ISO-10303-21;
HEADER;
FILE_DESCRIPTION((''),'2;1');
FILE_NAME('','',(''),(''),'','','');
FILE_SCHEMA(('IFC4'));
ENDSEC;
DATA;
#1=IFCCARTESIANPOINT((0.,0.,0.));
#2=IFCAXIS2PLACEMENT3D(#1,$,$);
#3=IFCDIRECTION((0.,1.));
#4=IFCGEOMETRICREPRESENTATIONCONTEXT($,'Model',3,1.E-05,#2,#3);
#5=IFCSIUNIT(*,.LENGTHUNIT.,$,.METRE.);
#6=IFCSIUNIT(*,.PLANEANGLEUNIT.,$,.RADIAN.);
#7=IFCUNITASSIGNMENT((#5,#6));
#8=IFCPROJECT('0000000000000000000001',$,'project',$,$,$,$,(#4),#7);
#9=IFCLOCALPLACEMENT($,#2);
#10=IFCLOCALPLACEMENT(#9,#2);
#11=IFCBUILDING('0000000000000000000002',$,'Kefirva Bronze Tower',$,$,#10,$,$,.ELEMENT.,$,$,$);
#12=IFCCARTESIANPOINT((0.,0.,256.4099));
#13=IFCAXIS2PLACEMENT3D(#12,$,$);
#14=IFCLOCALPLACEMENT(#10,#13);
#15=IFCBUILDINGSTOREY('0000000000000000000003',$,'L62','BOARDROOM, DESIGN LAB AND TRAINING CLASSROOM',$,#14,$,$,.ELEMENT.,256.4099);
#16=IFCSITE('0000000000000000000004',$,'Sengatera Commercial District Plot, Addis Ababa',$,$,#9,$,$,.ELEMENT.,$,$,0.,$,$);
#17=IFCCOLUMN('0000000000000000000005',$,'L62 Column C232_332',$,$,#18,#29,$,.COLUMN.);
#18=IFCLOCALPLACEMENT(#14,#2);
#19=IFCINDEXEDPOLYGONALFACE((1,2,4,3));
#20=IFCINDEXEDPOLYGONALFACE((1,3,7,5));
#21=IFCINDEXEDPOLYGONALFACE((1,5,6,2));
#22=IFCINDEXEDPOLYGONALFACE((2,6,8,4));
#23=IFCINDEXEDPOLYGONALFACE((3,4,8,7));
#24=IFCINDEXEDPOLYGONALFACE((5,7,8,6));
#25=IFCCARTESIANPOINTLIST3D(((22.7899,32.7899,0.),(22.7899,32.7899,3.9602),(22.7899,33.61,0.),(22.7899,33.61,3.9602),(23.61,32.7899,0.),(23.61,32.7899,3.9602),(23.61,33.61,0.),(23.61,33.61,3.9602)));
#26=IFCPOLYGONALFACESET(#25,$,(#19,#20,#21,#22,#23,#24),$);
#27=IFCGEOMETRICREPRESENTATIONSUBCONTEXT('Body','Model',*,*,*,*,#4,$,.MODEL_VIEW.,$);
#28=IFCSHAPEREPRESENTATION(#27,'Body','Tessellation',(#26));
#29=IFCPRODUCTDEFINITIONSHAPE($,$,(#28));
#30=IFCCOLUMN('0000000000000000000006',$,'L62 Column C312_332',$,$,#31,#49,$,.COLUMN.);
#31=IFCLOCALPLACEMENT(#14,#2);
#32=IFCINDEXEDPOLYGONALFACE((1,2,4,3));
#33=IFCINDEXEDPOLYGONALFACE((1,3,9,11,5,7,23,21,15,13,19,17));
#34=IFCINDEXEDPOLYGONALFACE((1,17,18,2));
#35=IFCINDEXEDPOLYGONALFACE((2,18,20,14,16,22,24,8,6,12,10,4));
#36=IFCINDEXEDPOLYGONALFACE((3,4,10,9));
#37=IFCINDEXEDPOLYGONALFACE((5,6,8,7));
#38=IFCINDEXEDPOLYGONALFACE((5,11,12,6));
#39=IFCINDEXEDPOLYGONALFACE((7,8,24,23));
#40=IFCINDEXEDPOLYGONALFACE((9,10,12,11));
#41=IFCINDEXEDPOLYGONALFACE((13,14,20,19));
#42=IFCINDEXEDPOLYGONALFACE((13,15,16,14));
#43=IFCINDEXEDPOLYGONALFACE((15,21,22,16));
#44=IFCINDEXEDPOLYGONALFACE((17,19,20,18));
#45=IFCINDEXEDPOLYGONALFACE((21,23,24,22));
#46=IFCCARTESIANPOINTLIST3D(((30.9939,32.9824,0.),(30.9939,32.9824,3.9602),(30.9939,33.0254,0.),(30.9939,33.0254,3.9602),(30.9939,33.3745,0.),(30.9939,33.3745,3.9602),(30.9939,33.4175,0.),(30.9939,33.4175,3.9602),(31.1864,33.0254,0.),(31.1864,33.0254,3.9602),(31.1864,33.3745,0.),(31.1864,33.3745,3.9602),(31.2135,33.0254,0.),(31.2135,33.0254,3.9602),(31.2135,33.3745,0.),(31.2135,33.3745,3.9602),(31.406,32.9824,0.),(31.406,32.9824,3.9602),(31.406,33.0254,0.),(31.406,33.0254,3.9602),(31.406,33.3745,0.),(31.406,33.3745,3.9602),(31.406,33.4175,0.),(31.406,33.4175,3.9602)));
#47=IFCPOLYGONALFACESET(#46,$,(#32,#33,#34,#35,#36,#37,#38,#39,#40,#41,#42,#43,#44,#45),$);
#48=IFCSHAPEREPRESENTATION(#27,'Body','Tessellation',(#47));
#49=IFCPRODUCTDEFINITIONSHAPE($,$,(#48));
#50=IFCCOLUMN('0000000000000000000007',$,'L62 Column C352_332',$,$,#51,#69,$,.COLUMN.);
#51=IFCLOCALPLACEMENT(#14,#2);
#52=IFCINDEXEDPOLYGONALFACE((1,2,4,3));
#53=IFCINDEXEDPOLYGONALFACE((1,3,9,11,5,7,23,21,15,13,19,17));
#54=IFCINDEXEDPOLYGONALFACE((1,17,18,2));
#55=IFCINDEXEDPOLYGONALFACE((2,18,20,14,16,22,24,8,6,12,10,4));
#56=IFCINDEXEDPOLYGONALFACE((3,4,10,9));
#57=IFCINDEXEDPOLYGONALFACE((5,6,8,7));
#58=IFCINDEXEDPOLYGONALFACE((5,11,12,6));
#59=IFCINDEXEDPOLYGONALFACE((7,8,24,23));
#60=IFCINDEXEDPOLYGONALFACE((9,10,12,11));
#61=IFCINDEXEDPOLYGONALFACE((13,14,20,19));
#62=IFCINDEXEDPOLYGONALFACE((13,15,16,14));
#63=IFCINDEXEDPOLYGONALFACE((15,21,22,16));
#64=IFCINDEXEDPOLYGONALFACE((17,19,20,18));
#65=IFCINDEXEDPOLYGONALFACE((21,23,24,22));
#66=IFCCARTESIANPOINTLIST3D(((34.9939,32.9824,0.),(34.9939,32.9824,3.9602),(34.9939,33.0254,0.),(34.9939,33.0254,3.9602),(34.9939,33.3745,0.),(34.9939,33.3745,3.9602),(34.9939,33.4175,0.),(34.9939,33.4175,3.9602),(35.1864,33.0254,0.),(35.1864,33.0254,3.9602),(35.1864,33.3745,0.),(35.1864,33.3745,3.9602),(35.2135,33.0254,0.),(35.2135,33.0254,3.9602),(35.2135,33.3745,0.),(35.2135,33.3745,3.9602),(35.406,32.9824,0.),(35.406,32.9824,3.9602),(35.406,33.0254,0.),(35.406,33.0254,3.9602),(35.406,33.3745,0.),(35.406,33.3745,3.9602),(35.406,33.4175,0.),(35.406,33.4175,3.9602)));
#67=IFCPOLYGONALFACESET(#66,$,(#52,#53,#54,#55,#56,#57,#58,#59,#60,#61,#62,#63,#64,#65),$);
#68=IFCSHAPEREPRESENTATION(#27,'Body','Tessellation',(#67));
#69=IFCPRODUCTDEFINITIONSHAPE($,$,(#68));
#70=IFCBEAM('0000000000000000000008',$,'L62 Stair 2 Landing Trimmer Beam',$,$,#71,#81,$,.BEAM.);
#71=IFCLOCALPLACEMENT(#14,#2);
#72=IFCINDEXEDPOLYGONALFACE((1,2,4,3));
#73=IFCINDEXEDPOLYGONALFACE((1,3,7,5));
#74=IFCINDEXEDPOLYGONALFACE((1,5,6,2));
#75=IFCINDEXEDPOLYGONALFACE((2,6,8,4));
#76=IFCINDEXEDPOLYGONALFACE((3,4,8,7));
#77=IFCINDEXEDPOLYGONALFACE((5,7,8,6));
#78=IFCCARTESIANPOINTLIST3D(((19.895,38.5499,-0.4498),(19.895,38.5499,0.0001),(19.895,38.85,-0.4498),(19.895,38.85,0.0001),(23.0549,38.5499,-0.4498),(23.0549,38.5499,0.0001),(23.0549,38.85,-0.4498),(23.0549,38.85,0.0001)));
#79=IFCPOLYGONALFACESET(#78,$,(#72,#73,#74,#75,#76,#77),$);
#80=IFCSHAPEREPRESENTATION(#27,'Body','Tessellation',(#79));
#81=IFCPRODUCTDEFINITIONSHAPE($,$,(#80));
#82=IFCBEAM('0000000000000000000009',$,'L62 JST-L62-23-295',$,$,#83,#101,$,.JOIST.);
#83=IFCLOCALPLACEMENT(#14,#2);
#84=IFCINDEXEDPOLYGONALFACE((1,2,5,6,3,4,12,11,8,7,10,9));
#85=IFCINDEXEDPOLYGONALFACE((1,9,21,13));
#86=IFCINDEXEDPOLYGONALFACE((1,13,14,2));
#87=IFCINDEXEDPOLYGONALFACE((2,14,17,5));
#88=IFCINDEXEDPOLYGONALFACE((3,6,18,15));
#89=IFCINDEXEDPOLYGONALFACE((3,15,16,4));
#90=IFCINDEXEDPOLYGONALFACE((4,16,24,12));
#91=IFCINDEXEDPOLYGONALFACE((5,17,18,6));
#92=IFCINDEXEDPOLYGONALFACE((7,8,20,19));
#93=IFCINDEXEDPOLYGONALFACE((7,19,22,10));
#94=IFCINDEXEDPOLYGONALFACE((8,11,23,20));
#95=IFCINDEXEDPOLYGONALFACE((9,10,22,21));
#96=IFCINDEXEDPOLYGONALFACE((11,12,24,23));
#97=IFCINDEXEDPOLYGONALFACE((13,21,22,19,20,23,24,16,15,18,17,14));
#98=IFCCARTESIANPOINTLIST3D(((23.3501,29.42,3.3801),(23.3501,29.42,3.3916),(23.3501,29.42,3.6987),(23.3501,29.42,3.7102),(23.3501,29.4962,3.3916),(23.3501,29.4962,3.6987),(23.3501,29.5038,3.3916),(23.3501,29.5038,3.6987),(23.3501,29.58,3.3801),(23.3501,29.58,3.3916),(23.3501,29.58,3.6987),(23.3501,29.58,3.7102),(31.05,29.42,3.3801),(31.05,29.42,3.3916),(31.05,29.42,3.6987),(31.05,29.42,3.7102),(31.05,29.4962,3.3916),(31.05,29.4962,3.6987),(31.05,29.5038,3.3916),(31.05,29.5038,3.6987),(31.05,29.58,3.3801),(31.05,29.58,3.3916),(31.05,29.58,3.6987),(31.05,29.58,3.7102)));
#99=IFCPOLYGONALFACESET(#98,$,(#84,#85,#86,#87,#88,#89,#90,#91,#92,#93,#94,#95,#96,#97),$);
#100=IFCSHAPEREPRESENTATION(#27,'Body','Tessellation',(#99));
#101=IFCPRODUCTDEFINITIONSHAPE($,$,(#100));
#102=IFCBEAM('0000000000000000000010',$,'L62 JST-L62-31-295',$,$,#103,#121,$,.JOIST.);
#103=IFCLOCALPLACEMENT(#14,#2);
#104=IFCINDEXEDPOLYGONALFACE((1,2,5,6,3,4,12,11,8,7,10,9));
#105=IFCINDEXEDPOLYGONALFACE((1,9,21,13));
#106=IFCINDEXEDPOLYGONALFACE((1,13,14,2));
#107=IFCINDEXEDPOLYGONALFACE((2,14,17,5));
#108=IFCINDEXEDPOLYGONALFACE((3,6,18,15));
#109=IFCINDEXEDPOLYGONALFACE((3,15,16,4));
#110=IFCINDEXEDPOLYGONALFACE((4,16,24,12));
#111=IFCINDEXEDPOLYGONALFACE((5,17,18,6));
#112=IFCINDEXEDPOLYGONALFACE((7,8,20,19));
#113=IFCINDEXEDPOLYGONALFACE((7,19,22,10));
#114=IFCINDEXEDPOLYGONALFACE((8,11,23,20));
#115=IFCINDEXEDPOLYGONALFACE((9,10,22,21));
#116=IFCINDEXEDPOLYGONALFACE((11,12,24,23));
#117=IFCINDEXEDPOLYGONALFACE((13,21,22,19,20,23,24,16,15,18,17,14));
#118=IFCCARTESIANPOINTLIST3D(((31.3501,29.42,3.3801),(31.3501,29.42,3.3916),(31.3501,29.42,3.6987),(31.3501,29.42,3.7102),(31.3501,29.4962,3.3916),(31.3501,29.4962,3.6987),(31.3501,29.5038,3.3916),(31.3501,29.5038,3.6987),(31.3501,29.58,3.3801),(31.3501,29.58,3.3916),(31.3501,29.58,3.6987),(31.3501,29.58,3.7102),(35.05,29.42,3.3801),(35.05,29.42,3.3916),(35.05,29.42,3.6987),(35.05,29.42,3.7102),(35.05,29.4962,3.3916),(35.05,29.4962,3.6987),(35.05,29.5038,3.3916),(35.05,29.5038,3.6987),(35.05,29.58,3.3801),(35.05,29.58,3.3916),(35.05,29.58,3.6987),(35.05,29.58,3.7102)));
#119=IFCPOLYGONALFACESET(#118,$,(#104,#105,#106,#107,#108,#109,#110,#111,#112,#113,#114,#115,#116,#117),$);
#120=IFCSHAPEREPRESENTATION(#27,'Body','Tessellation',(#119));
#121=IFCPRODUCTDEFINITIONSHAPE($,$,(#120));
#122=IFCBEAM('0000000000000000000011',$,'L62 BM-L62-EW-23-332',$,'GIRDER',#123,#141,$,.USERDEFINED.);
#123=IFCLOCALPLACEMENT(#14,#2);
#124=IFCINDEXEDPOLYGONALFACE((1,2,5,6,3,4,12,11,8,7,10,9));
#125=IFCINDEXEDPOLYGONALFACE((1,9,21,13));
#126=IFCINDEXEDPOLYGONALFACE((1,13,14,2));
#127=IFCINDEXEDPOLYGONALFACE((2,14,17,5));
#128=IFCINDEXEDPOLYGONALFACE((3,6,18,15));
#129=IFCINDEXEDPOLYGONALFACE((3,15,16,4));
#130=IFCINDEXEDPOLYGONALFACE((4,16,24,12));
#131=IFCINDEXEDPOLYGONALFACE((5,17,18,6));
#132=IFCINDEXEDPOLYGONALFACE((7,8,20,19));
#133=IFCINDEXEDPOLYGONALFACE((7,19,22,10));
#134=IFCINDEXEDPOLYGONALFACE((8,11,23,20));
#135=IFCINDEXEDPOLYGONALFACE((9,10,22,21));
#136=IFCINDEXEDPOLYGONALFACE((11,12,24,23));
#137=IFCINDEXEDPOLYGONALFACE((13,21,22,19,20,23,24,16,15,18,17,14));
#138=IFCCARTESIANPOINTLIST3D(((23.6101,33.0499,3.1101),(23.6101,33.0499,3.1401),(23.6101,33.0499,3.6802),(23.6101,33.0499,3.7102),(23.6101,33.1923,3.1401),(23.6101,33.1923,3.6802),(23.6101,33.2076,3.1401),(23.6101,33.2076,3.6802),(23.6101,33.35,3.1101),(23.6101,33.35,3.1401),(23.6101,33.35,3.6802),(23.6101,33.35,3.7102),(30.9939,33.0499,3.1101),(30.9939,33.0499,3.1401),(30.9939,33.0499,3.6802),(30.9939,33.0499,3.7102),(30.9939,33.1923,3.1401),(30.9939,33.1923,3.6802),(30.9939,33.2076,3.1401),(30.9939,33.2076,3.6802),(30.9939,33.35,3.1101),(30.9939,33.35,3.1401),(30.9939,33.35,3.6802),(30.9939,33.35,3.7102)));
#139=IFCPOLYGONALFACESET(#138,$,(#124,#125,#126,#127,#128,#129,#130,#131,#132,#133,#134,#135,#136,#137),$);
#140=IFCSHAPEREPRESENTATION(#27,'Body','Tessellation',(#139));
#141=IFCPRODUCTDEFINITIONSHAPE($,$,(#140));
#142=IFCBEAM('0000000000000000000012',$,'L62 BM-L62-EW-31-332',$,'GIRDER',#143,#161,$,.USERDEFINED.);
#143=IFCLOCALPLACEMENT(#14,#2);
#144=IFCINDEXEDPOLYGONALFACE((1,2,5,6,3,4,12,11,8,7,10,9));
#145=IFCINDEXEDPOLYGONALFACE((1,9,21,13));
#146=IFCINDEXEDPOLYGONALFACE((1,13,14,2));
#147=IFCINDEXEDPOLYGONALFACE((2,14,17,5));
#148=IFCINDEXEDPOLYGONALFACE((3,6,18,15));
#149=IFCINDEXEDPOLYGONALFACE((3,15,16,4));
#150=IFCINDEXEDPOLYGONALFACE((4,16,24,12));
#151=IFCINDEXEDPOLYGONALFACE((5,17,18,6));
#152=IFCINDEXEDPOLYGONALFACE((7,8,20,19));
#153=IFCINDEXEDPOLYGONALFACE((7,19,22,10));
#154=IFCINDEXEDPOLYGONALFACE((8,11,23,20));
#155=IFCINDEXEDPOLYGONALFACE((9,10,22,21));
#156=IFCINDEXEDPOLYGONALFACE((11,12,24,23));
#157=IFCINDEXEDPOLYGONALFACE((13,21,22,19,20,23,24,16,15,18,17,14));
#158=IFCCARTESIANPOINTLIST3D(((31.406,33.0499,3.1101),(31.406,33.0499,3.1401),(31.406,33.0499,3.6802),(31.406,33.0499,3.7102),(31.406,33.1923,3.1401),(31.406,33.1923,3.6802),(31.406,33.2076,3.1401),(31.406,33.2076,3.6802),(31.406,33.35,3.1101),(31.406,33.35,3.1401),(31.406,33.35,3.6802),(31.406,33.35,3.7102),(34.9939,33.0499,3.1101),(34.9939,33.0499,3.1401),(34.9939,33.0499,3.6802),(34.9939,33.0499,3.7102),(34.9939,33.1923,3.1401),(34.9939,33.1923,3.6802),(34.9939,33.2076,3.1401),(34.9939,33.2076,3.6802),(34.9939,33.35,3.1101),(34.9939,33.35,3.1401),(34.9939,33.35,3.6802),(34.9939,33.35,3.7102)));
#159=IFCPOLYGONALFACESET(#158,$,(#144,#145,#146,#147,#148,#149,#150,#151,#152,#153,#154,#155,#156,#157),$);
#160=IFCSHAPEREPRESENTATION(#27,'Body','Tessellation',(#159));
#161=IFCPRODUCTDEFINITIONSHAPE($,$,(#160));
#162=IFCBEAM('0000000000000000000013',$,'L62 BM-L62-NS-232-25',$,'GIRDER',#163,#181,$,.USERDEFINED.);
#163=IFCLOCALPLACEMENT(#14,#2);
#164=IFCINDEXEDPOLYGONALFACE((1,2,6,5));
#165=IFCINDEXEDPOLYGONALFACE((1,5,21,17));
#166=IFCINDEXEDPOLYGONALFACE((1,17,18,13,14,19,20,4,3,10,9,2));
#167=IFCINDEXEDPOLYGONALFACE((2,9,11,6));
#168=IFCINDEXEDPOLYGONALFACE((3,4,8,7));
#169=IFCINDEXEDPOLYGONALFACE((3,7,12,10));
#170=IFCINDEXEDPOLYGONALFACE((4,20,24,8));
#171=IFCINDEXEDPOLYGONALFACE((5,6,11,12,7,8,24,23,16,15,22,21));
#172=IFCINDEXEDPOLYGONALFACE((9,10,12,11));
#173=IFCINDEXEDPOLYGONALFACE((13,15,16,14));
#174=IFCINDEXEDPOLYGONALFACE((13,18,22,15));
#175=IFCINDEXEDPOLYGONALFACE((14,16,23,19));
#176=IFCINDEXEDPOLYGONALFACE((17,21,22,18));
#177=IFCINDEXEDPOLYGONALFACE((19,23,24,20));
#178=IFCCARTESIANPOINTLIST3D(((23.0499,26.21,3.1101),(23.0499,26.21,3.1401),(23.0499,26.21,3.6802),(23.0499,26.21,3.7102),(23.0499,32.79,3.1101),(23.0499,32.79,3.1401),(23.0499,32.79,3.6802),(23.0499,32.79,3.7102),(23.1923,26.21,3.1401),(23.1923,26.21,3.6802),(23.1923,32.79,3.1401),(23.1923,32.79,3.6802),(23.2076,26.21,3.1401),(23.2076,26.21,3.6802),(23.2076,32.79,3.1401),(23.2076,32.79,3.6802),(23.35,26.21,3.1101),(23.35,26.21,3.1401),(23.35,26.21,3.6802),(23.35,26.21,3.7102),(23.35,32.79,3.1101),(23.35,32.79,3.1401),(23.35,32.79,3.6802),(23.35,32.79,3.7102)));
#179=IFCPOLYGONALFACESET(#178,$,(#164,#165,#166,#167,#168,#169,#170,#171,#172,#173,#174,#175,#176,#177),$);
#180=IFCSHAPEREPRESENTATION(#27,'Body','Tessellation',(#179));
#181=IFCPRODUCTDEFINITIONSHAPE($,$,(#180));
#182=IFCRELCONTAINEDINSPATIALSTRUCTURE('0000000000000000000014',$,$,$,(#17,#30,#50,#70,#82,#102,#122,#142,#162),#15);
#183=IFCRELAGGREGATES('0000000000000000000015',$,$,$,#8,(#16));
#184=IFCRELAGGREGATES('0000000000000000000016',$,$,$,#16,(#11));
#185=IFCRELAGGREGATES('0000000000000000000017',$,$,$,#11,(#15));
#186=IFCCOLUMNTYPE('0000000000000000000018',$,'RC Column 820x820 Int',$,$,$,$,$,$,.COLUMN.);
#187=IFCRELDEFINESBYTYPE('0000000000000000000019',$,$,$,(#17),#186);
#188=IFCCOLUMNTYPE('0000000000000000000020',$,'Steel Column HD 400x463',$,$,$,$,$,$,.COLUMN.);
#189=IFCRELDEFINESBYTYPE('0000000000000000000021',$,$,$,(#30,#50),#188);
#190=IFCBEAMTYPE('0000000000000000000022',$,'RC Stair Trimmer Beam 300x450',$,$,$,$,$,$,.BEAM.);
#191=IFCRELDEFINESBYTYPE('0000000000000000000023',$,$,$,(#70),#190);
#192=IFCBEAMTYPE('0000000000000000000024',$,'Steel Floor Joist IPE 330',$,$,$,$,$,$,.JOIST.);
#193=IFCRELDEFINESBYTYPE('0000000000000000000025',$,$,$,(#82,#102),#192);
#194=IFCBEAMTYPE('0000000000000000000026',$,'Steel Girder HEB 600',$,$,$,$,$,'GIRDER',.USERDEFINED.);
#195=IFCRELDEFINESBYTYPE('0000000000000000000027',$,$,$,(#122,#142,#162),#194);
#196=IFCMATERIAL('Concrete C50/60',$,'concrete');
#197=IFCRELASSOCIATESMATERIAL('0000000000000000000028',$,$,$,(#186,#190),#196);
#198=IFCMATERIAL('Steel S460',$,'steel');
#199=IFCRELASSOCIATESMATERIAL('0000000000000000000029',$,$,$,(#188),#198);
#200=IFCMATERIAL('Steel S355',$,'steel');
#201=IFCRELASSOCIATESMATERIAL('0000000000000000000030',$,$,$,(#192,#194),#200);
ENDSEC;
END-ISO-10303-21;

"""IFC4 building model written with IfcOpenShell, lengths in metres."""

from ifc_helpers import new_model, si_unit, direction, frame, origin, origin_2d, place, context, subcontext, project, spatial, rectangle, i_section, extrude, material, material_profile, profile_set, type_object, element, save


model = new_model("IFC4")

# Units and contexts
model_context = context("Model", 3, precision=1e-05, world=origin(), true_north=direction((0.0, 1.0)))
body_context = subcontext(model_context, "Body", "Model", "MODEL_VIEW")
ifc_project = project(units=[si_unit("LENGTHUNIT", "METRE"), si_unit("PLANEANGLEUNIT", "RADIAN")], contexts=[model_context])

# Site, building, storey
site_placement = place(None, origin())
site = spatial("IfcSite", under=ifc_project, at=site_placement, Name="Sengatera Commercial District Plot, Addis Ababa", CompositionType="ELEMENT", RefElevation=0.0)
building_placement = place(site_placement, origin())
building = spatial("IfcBuilding", under=site, at=building_placement, Name="Kefirva Bronze Tower", CompositionType="ELEMENT")
storey_placement = place(building_placement, frame((0.0, 0.0, 256.4099)))
storey = spatial("IfcBuildingStorey", under=building, at=storey_placement, Name="L62", Description="BOARDROOM, DESIGN LAB AND TRAINING CLASSROOM", CompositionType="ELEMENT", Elevation=256.4099)

# Columns
ifc_material_1 = material(Name="Concrete C50/60", Category="concrete")
ifc_material_profile_1 = material_profile(ifc_material_1, rectangle(XDim=0.8201, YDim=0.8201, at=origin_2d()), Name="RC 820x820")
ifc_profile_set_1 = profile_set([ifc_material_profile_1], Name="Concrete C50/60")
column_type_1 = type_object("IfcColumnType", Name="RC Column 820x820 Int", PredefinedType="COLUMN", material=ifc_profile_set_1)
column_placement = place(storey_placement, frame((23.2, 33.2, 0.0), z_axis=(0.0, 0.0, 1.0), x_axis=(1.0, 0.0, 0.0)))
element("IfcColumn", 1, at=column_placement, inside=storey, type_object=column_type_1, Name="L62 Column C232_332", PredefinedType="COLUMN", context=body_context, shape_type="SweptSolid", body=[
    extrude(rectangle(XDim=0.8201, YDim=0.8201, at=origin_2d()), origin(), (0.0, 0.0, 1.0), 3.9602),
])
ifc_material_2 = material(Name="Steel S460", Category="steel")
ifc_material_profile_2 = material_profile(ifc_material_2, i_section(OverallWidth=0.4121, OverallDepth=0.4351, WebThickness=0.0271, FlangeThickness=0.043, at=origin_2d()), Name="HD 400x463")
ifc_profile_set_2 = profile_set([ifc_material_profile_2], Name="Steel S460")
column_type_2 = type_object("IfcColumnType", Name="Steel Column HD 400x463", PredefinedType="COLUMN", material=ifc_profile_set_2)
for number, where, z_axis, x_axis, name in (
    (2, (31.2, 33.2, 0.0), (0.0, 0.0, 1.0), (1.0, 0.0, 0.0), "L62 Column C312_332"),
    (3, (35.2, 33.2, 0.0), (0.0, 0.0, 1.0), (1.0, 0.0, 0.0), "L62 Column C352_332"),
):
    element("IfcColumn", number, at=place(storey_placement, frame(where, z_axis=z_axis, x_axis=x_axis)), inside=storey, type_object=column_type_2, Name=name, PredefinedType="COLUMN", context=body_context, shape_type="SweptSolid", body=[
        extrude(i_section(OverallWidth=0.4121, OverallDepth=0.4351, WebThickness=0.0271, FlangeThickness=0.043, at=origin_2d()), origin(), (0.0, 0.0, 1.0), 3.9602),
    ])

# Beams
ifc_material_profile_3 = material_profile(ifc_material_1, rectangle(XDim=0.3, YDim=0.45, at=origin_2d()), Name="RC 300x450")
ifc_profile_set_3 = profile_set([ifc_material_profile_3], Name="Concrete C50/60")
beam_type_1 = type_object("IfcBeamType", Name="RC Stair Trimmer Beam 300x450", PredefinedType="BEAM", material=ifc_profile_set_3)
beam_1_placement = place(storey_placement, frame((19.895, 38.7, -0.2249), z_axis=(1.0, 0.0, 0.0), x_axis=(0.0, 1.0, 0.0)))
element("IfcBeam", 4, at=beam_1_placement, inside=storey, type_object=beam_type_1, Name="L62 Stair 2 Landing Trimmer Beam", PredefinedType="BEAM", context=body_context, shape_type="SweptSolid", body=[
    extrude(rectangle(XDim=0.3, YDim=0.45, at=origin_2d()), origin(), (0.0, 0.0, 1.0), 3.1599),
])
ifc_material_3 = material(Name="Steel S355", Category="steel")
ifc_material_profile_4 = material_profile(ifc_material_3, i_section(OverallWidth=0.1599, OverallDepth=0.3301, WebThickness=0.0076, FlangeThickness=0.0115, at=origin_2d()), Name="IPE 330")
ifc_profile_set_4 = profile_set([ifc_material_profile_4], Name="Steel S355")
beam_type_2 = type_object("IfcBeamType", Name="Steel Floor Joist IPE 330", PredefinedType="JOIST", material=ifc_profile_set_4)
beam_2_placement = place(storey_placement, frame((23.3501, 29.5, 3.5452), z_axis=(1.0, 0.0, 0.0), x_axis=(0.0, 1.0, 0.0)))
element("IfcBeam", 5, at=beam_2_placement, inside=storey, type_object=beam_type_2, Name="L62 JST-L62-23-295", PredefinedType="JOIST", context=body_context, shape_type="SweptSolid", body=[
    extrude(i_section(OverallWidth=0.1599, OverallDepth=0.3301, WebThickness=0.0076, FlangeThickness=0.0115, at=origin_2d()), origin(), (0.0, 0.0, 1.0), 7.7),
])
beam_3_placement = place(storey_placement, frame((31.3501, 29.5, 3.5452), z_axis=(1.0, 0.0, 0.0), x_axis=(0.0, 1.0, 0.0)))
element("IfcBeam", 6, at=beam_3_placement, inside=storey, type_object=beam_type_2, Name="L62 JST-L62-31-295", PredefinedType="JOIST", context=body_context, shape_type="SweptSolid", body=[
    extrude(i_section(OverallWidth=0.1599, OverallDepth=0.3301, WebThickness=0.0076, FlangeThickness=0.0115, at=origin_2d()), origin(), (0.0, 0.0, 1.0), 3.7),
])
ifc_material_profile_5 = material_profile(ifc_material_3, i_section(OverallWidth=0.3, OverallDepth=0.6001, WebThickness=0.0154, FlangeThickness=0.03, at=origin_2d()), Name="HEB 600")
ifc_profile_set_5 = profile_set([ifc_material_profile_5], Name="Steel S355")
beam_type_3 = type_object("IfcBeamType", Name="Steel Girder HEB 600", ElementType="GIRDER", PredefinedType="USERDEFINED", material=ifc_profile_set_5)
beam_4_placement = place(storey_placement, frame((23.6101, 33.2, 3.4102), z_axis=(1.0, 0.0, 0.0), x_axis=(0.0, 1.0, 0.0)))
element("IfcBeam", 7, at=beam_4_placement, inside=storey, type_object=beam_type_3, Name="L62 BM-L62-EW-23-332", ObjectType="GIRDER", PredefinedType="USERDEFINED", context=body_context, shape_type="SweptSolid", body=[
    extrude(i_section(OverallWidth=0.3, OverallDepth=0.6001, WebThickness=0.0154, FlangeThickness=0.03, at=origin_2d()), origin(), (0.0, 0.0, 1.0), 7.3838),
])
beam_5_placement = place(storey_placement, frame((31.406, 33.2, 3.4102), z_axis=(1.0, 0.0, 0.0), x_axis=(0.0, 1.0, 0.0)))
element("IfcBeam", 8, at=beam_5_placement, inside=storey, type_object=beam_type_3, Name="L62 BM-L62-EW-31-332", ObjectType="GIRDER", PredefinedType="USERDEFINED", context=body_context, shape_type="SweptSolid", body=[
    extrude(i_section(OverallWidth=0.3, OverallDepth=0.6001, WebThickness=0.0154, FlangeThickness=0.03, at=origin_2d()), origin(), (0.0, 0.0, 1.0), 3.5879),
])
beam_6_placement = place(storey_placement, frame((23.2, 26.21, 3.4102), z_axis=(0.0, 1.0, 0.0), x_axis=(-1.0, 0.0, 0.0)))
element("IfcBeam", 9, at=beam_6_placement, inside=storey, type_object=beam_type_3, Name="L62 BM-L62-NS-232-25", ObjectType="GIRDER", PredefinedType="USERDEFINED", context=body_context, shape_type="SweptSolid", body=[
    extrude(i_section(OverallWidth=0.3, OverallDepth=0.6001, WebThickness=0.0154, FlangeThickness=0.03, at=origin_2d()), origin(), (0.0, 0.0, 1.0), 6.5801),
])

save(model, "model.ifc")
